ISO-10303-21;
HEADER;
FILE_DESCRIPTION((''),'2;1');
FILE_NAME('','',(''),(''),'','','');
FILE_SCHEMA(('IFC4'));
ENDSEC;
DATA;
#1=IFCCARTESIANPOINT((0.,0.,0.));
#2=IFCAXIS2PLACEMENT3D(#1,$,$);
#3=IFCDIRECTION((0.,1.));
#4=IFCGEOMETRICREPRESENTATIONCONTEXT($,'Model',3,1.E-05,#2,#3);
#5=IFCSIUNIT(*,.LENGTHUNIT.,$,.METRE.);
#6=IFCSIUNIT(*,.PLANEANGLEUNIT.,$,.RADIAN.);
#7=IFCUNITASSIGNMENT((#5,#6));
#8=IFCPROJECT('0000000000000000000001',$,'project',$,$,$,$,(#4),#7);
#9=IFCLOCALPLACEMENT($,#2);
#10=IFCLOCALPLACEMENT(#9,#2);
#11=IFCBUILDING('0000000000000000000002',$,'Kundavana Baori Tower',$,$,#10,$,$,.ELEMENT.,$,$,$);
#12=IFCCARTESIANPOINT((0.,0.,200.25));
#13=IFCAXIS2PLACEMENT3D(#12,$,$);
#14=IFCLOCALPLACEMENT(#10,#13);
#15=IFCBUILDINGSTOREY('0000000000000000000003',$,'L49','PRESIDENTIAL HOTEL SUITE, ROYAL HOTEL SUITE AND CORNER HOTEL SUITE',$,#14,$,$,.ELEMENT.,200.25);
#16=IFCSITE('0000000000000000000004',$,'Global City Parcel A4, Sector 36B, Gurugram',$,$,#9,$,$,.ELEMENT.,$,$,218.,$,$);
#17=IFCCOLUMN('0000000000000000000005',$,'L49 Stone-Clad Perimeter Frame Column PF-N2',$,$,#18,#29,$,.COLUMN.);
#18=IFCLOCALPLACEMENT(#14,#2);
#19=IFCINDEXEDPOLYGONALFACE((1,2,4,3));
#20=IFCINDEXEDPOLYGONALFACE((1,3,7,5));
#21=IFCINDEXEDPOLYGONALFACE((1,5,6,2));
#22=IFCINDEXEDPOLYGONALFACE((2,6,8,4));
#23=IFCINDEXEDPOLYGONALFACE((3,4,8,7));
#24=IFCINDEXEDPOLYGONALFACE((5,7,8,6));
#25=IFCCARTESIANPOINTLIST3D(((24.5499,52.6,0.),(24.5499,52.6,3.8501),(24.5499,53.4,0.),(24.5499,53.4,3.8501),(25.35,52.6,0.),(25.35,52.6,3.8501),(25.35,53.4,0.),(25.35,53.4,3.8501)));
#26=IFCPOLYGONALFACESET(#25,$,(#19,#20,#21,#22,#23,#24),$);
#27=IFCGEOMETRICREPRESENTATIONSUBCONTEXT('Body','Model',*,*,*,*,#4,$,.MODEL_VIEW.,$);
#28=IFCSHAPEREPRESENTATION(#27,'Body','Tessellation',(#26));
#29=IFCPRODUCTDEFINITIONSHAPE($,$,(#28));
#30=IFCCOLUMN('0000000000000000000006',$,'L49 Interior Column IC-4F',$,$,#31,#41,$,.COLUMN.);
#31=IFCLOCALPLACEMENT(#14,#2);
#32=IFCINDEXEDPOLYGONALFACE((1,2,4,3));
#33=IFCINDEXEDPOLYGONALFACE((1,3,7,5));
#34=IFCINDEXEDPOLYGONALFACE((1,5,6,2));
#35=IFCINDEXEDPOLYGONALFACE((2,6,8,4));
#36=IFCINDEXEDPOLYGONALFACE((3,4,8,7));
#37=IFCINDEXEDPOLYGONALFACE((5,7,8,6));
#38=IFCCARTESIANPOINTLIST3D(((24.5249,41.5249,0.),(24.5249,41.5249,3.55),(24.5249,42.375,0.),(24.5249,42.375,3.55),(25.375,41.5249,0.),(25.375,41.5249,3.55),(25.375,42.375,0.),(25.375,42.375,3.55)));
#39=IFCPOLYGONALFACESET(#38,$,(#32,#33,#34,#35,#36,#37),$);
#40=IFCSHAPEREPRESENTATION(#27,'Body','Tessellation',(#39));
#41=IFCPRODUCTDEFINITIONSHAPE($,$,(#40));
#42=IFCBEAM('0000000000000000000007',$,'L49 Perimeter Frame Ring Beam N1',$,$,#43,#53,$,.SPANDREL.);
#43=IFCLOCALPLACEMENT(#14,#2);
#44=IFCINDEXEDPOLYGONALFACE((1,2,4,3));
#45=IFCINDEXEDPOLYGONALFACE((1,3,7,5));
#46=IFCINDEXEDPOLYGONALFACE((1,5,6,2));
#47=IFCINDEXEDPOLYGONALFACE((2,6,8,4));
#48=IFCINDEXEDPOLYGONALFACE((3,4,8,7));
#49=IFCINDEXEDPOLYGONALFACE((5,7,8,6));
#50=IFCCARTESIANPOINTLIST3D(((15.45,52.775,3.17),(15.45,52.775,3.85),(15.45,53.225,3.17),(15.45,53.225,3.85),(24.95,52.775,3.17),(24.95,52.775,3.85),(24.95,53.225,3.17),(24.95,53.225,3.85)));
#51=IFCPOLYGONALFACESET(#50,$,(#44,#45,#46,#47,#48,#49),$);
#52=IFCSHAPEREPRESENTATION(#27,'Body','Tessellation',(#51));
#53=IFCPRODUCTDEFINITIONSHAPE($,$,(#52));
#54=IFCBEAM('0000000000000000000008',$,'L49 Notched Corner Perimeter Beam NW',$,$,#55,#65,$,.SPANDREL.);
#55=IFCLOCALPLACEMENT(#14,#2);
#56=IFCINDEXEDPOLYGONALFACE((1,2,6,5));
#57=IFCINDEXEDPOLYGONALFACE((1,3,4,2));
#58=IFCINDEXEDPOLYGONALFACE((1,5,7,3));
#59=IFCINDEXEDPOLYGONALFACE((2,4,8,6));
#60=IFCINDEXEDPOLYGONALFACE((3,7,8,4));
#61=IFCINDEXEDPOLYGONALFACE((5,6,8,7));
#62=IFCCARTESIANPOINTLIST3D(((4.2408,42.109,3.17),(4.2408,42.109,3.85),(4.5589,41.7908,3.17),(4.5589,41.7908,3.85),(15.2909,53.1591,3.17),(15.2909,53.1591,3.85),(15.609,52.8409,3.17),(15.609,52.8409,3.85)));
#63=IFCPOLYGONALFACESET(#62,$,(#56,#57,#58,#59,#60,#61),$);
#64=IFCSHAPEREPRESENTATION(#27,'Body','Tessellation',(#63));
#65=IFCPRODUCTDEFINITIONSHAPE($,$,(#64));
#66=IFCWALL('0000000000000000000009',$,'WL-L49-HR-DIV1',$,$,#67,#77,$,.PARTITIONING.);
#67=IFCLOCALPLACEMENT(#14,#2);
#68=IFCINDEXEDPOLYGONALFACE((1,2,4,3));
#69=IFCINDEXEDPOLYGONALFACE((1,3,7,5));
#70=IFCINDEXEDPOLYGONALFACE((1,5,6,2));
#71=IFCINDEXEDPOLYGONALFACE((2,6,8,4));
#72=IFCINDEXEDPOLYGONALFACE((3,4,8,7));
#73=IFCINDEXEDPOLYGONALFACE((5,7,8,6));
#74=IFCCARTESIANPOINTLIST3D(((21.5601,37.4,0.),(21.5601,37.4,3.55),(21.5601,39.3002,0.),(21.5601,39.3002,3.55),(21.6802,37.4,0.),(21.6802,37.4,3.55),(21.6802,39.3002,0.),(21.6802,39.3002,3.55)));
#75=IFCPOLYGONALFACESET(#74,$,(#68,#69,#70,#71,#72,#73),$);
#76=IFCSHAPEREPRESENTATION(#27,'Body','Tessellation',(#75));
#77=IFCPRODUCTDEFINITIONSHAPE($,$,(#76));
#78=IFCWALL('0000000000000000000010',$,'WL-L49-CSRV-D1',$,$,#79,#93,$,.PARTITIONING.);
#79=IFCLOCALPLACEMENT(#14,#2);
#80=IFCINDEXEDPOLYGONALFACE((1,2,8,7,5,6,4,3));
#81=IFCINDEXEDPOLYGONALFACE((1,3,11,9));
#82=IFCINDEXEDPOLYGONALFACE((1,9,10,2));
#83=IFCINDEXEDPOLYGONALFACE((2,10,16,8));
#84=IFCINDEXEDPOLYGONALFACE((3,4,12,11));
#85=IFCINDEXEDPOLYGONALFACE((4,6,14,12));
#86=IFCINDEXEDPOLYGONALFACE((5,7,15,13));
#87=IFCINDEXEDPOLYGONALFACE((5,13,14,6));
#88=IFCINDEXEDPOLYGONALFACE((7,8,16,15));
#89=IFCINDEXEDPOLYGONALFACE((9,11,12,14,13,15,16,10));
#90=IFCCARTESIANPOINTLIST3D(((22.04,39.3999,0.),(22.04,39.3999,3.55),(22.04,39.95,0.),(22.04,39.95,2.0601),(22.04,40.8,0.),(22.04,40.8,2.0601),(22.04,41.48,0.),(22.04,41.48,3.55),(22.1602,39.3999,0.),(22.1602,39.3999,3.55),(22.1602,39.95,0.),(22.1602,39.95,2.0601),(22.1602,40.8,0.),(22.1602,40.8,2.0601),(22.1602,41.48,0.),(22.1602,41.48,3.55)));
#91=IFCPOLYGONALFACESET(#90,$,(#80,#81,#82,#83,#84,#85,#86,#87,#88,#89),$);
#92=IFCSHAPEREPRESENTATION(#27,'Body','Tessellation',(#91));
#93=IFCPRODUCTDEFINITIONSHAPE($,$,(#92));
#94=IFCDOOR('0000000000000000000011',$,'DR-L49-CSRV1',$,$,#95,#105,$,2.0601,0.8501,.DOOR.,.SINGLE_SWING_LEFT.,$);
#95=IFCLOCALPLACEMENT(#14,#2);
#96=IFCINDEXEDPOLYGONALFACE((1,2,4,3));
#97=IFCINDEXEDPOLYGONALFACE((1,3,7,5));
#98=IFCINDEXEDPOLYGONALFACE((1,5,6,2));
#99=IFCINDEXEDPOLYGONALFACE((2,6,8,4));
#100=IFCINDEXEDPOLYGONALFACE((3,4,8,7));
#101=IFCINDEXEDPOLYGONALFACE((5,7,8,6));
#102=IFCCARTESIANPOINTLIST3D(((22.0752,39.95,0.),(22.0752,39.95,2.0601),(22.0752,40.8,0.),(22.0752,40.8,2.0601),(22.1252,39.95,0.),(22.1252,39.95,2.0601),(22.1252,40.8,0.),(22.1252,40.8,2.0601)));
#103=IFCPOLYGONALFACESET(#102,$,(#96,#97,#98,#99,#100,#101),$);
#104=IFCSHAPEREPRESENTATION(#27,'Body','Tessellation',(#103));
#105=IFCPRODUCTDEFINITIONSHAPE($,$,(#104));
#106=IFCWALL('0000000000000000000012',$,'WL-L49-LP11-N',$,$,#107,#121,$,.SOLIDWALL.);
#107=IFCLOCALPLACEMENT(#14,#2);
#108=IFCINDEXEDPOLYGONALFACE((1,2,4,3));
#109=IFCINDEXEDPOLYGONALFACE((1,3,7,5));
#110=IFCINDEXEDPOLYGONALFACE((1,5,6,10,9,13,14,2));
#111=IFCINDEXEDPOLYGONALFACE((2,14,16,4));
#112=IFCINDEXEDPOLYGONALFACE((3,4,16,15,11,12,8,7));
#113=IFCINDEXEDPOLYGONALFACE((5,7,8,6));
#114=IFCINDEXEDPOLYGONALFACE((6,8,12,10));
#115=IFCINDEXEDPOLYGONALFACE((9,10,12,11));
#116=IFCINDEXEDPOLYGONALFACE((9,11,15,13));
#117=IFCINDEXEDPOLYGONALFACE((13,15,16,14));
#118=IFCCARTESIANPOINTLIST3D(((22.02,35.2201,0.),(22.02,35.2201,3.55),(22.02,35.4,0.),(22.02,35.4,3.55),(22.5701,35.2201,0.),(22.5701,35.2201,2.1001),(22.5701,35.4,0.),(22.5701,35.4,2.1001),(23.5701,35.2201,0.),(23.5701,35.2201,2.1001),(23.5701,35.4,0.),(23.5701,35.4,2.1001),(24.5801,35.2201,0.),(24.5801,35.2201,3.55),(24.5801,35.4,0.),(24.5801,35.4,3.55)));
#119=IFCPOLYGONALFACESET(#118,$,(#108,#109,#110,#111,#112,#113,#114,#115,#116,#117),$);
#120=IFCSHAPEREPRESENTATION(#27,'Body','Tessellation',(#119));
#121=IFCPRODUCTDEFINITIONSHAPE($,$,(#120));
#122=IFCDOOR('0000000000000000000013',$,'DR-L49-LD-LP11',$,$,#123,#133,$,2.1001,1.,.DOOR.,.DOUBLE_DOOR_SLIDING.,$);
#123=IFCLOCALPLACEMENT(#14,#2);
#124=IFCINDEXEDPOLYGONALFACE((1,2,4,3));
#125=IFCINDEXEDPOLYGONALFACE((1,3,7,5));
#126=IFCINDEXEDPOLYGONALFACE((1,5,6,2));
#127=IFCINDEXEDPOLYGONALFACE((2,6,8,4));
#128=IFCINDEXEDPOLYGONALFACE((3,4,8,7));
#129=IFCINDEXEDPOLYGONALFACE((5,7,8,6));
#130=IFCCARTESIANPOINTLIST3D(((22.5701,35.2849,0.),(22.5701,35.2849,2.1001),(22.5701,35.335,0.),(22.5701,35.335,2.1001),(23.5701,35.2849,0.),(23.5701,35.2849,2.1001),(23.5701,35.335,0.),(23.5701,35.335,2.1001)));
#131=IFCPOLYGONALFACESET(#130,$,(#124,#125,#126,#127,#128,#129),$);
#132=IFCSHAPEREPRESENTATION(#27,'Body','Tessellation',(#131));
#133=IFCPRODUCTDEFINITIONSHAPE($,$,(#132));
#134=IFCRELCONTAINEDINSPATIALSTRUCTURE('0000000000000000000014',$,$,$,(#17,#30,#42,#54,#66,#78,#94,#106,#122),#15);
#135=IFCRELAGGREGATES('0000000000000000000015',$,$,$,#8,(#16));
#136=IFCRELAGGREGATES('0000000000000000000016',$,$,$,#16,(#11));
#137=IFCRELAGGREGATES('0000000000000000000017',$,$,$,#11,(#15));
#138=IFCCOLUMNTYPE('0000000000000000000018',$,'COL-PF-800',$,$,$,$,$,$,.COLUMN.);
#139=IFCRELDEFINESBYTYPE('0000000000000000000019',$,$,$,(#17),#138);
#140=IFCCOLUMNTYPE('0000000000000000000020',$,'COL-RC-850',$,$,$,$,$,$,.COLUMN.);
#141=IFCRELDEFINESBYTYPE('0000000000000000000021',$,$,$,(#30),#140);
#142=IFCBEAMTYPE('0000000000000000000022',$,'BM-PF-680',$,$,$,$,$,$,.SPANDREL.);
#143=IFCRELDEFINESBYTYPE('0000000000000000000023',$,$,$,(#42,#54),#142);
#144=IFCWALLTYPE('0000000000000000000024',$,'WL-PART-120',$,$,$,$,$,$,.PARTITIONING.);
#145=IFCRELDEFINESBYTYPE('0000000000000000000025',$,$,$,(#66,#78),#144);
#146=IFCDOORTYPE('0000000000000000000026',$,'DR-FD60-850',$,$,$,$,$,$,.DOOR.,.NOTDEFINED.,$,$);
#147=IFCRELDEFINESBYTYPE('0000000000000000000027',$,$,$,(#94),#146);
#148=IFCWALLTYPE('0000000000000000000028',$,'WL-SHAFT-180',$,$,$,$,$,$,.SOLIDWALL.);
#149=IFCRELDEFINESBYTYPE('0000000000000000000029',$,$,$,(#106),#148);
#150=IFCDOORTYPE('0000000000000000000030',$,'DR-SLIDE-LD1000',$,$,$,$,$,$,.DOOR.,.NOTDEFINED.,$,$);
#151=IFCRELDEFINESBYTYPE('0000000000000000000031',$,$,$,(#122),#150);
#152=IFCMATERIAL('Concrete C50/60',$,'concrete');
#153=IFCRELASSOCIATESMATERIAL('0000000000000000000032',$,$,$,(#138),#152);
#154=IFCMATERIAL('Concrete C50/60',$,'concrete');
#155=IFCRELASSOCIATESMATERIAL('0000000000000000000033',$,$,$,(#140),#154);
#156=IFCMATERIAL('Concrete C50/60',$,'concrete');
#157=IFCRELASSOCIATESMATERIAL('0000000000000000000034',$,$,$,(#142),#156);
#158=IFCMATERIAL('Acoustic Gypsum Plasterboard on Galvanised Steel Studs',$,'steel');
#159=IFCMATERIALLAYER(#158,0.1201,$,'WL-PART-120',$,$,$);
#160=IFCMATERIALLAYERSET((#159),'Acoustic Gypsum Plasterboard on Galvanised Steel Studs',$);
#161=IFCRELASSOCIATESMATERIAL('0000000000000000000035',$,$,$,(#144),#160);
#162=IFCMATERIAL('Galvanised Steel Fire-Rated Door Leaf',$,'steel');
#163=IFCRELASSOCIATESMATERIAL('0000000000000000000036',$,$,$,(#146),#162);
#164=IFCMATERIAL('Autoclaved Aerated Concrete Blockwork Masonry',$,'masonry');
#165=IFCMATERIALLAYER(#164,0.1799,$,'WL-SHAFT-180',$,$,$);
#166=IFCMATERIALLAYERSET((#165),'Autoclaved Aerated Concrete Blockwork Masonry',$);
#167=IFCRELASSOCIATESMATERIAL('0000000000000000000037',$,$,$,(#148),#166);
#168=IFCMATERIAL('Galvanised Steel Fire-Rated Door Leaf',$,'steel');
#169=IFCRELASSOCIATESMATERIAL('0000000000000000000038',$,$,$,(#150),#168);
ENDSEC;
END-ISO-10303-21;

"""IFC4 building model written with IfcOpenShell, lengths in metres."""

from ifc_helpers import new_model, si_unit, direction, frame, frame_2d, origin, origin_2d, place, context, subcontext, project, spatial, rectangle, extrude, material, layer, layer_set, material_profile, profile_set, type_object, element, fill, save


model = new_model("IFC4")

# Units and contexts
model_context = context("Model", 3, precision=1e-05, world=origin(), true_north=direction((0.0, 1.0)))
body_context = subcontext(model_context, "Body", "Model", "MODEL_VIEW")
ifc_project = project(units=[si_unit("LENGTHUNIT", "METRE"), si_unit("PLANEANGLEUNIT", "RADIAN")], contexts=[model_context])

# Site, building, storey
site_placement = place(None, origin())
site = spatial("IfcSite", under=ifc_project, at=site_placement, Name="Global City Parcel A4, Sector 36B, Gurugram", CompositionType="ELEMENT", RefElevation=218.0)
building_placement = place(site_placement, origin())
building = spatial("IfcBuilding", under=site, at=building_placement, Name="Kundavana Baori Tower", CompositionType="ELEMENT")
storey_placement = place(building_placement, frame((0.0, 0.0, 200.25)))
storey = spatial("IfcBuildingStorey", under=building, at=storey_placement, Name="L49", Description="PRESIDENTIAL HOTEL SUITE, ROYAL HOTEL SUITE AND CORNER HOTEL SUITE", CompositionType="ELEMENT", Elevation=200.25)

# Columns
ifc_material_1 = material(Name="Concrete C50/60", Category="concrete")
ifc_material_profile_1 = material_profile(ifc_material_1, rectangle(XDim=0.8, YDim=0.8, at=origin_2d()), Name="RC PF 800x800")
ifc_profile_set_1 = profile_set([ifc_material_profile_1], Name="Concrete C50/60")
column_type_1 = type_object("IfcColumnType", Name="COL-PF-800", PredefinedType="COLUMN", material=ifc_profile_set_1)
column_1_placement = place(storey_placement, frame((24.95, 53.0, 0.0), z_axis=(0.0, 0.0, 1.0), x_axis=(1.0, 0.0, 0.0)))
element("IfcColumn", 1, at=column_1_placement, inside=storey, type_object=column_type_1, Name="L49 Stone-Clad Perimeter Frame Column PF-N2", PredefinedType="COLUMN", context=body_context, shape_type="SweptSolid", body=[
    extrude(rectangle(XDim=0.8, YDim=0.8, at=origin_2d()), origin(), (0.0, 0.0, 1.0), 3.8501),
])
ifc_material_2 = material(Name="Concrete C50/60", Category="concrete")
ifc_material_profile_2 = material_profile(ifc_material_2, rectangle(XDim=0.8501, YDim=0.8501, at=origin_2d()), Name="RC 850x850")
ifc_profile_set_2 = profile_set([ifc_material_profile_2], Name="Concrete C50/60")
column_type_2 = type_object("IfcColumnType", Name="COL-RC-850", PredefinedType="COLUMN", material=ifc_profile_set_2)
column_2_placement = place(storey_placement, frame((24.95, 41.95, 0.0), z_axis=(0.0, 0.0, 1.0), x_axis=(1.0, 0.0, 0.0)))
element("IfcColumn", 2, at=column_2_placement, inside=storey, type_object=column_type_2, Name="L49 Interior Column IC-4F", PredefinedType="COLUMN", context=body_context, shape_type="SweptSolid", body=[
    extrude(rectangle(XDim=0.8501, YDim=0.8501, at=origin_2d()), origin(), (0.0, 0.0, 1.0), 3.55),
])

# Beams
ifc_material_3 = material(Name="Concrete C50/60", Category="concrete")
ifc_material_profile_3 = material_profile(ifc_material_3, rectangle(XDim=0.45, YDim=0.6799, at=origin_2d()), Name="RC BM 450x680")
ifc_profile_set_3 = profile_set([ifc_material_profile_3], Name="Concrete C50/60")
beam_type = type_object("IfcBeamType", Name="BM-PF-680", PredefinedType="SPANDREL", material=ifc_profile_set_3)
beam_1_placement = place(storey_placement, frame((15.45, 53.0, 3.51), z_axis=(1.0, 0.0, 0.0), x_axis=(0.0, 1.0, 0.0)))
element("IfcBeam", 3, at=beam_1_placement, inside=storey, type_object=beam_type, Name="L49 Perimeter Frame Ring Beam N1", PredefinedType="SPANDREL", context=body_context, shape_type="SweptSolid", body=[
    extrude(rectangle(XDim=0.45, YDim=0.6799, at=origin_2d()), origin(), (0.0, 0.0, 1.0), 9.5),
])
beam_2_placement = place(storey_placement, frame((15.45, 53.0, 3.51), z_axis=(-0.707107, -0.707107, 0.0), x_axis=(0.707107, -0.707107, 0.0)))
element("IfcBeam", 4, at=beam_2_placement, inside=storey, type_object=beam_type, Name="L49 Notched Corner Perimeter Beam NW", PredefinedType="SPANDREL", context=body_context, shape_type="SweptSolid", body=[
    extrude(rectangle(XDim=0.45, YDim=0.6799, at=origin_2d()), origin(), (0.0, 0.0, 1.0), 15.6272),
])

# Wall
ifc_material_4 = material(Name="Acoustic Gypsum Plasterboard on Galvanised Steel Studs", Category="steel")
ifc_layer_1 = layer(ifc_material_4, 0.1201, Name="WL-PART-120")
ifc_layer_set_1 = layer_set([ifc_layer_1], Name="Acoustic Gypsum Plasterboard on Galvanised Steel Studs")
wall_type_1 = type_object("IfcWallType", Name="WL-PART-120", PredefinedType="PARTITIONING", material=ifc_layer_set_1)
wall_1_placement = place(storey_placement, frame((21.6201, 37.3999, 0.0), z_axis=(0.0, 0.0, 1.0), x_axis=(0.0, 1.0, 0.0)))
element("IfcWall", 5, at=wall_1_placement, inside=storey, type_object=wall_type_1, Name="WL-L49-HR-DIV1", PredefinedType="PARTITIONING", context=body_context, shape_type="SweptSolid", body=[
    extrude(rectangle(XDim=1.9001, YDim=0.1201, at=frame_2d((0.9502, 0.0))), origin(), (0.0, 0.0, 1.0), 3.55),
])

# Walls, openings, doors
wall_2_placement = place(storey_placement, frame((22.1001, 39.3999, 0.0), z_axis=(0.0, 0.0, 1.0), x_axis=(0.0, 1.0, 0.0)))
wall_2 = element("IfcWall", 6, at=wall_2_placement, inside=storey, type_object=wall_type_1, Name="WL-L49-CSRV-D1", PredefinedType="PARTITIONING", context=body_context, shape_type="SweptSolid", body=[
    extrude(rectangle(XDim=2.0801, YDim=0.1201, at=frame_2d((1.04, 0.0))), origin(), (0.0, 0.0, 1.0), 3.55),
])
opening_1_placement = place(wall_2_placement, frame((0.55, 0.0, 0.0)))
opening_1 = element("IfcOpeningElement", 7, at=opening_1_placement, cuts=wall_2, PredefinedType="OPENING", context=body_context, shape_type="SweptSolid", body=[
    extrude(rectangle(XDim=0.8501, YDim=2.0601, at=frame_2d((0.425, 1.03))), frame((0.0, 0.0701, 0.0), z_axis=(0.0, -1.0, 0.0), x_axis=(1.0, 0.0, 0.0)), (0.0, 0.0, 1.0), 0.1401),
])
ifc_material_5 = material(Name="Galvanised Steel Fire-Rated Door Leaf", Category="steel")
door_type_1 = type_object("IfcDoorType", Name="DR-FD60-850", OperationType="NOTDEFINED", PredefinedType="DOOR", material=ifc_material_5)
door_1_placement = place(opening_1_placement, origin())
door_1 = element("IfcDoor", 8, at=door_1_placement, inside=storey, type_object=door_type_1, Name="DR-L49-CSRV1", OperationType="SINGLE_SWING_LEFT", OverallHeight=2.0601, OverallWidth=0.8501, PredefinedType="DOOR", context=body_context, shape_type="SweptSolid", body=[
    extrude(rectangle(XDim=0.8501, YDim=2.0601, at=frame_2d((0.425, 1.03))), frame((0.0, 0.0249, 0.0), z_axis=(0.0, -1.0, 0.0), x_axis=(1.0, 0.0, 0.0)), (0.0, 0.0, 1.0), 0.05),
])
fill(opening_1, door_1)
ifc_material_6 = material(Name="Autoclaved Aerated Concrete Blockwork Masonry", Category="masonry")
ifc_layer_2 = layer(ifc_material_6, 0.1799, Name="WL-SHAFT-180")
ifc_layer_set_2 = layer_set([ifc_layer_2], Name="Autoclaved Aerated Concrete Blockwork Masonry")
wall_type_2 = type_object("IfcWallType", Name="WL-SHAFT-180", PredefinedType="SOLIDWALL", material=ifc_layer_set_2)
wall_3_placement = place(storey_placement, frame((22.02, 35.3101, 0.0), z_axis=(0.0, 0.0, 1.0), x_axis=(1.0, 0.0, 0.0)))
wall_3 = element("IfcWall", 9, at=wall_3_placement, inside=storey, type_object=wall_type_2, Name="WL-L49-LP11-N", PredefinedType="SOLIDWALL", context=body_context, shape_type="SweptSolid", body=[
    extrude(rectangle(XDim=2.5601, YDim=0.1799, at=frame_2d((1.28, 0.0))), origin(), (0.0, 0.0, 1.0), 3.55),
])
opening_2_placement = place(wall_3_placement, frame((0.55, 0.0, 0.0)))
opening_2 = element("IfcOpeningElement", 10, at=opening_2_placement, cuts=wall_3, PredefinedType="OPENING", context=body_context, shape_type="SweptSolid", body=[
    extrude(rectangle(XDim=1.0, YDim=2.1001, at=frame_2d((0.5, 1.05))), frame((0.0, 0.1001, 0.0), z_axis=(0.0, -1.0, 0.0), x_axis=(1.0, 0.0, 0.0)), (0.0, 0.0, 1.0), 0.2),
])
ifc_material_7 = material(Name="Galvanised Steel Fire-Rated Door Leaf", Category="steel")
door_type_2 = type_object("IfcDoorType", Name="DR-SLIDE-LD1000", OperationType="NOTDEFINED", PredefinedType="DOOR", material=ifc_material_7)
door_2_placement = place(opening_2_placement, origin())
door_2 = element("IfcDoor", 11, at=door_2_placement, inside=storey, type_object=door_type_2, Name="DR-L49-LD-LP11", OperationType="DOUBLE_DOOR_SLIDING", OverallHeight=2.1001, OverallWidth=1.0, PredefinedType="DOOR", context=body_context, shape_type="SweptSolid", body=[
    extrude(rectangle(XDim=1.0, YDim=2.1001, at=frame_2d((0.5, 1.05))), frame((0.0, 0.0249, 0.0), z_axis=(0.0, -1.0, 0.0), x_axis=(1.0, 0.0, 0.0)), (0.0, 0.0, 1.0), 0.05),
])
fill(opening_2, door_2)

save(model, "model.ifc")
